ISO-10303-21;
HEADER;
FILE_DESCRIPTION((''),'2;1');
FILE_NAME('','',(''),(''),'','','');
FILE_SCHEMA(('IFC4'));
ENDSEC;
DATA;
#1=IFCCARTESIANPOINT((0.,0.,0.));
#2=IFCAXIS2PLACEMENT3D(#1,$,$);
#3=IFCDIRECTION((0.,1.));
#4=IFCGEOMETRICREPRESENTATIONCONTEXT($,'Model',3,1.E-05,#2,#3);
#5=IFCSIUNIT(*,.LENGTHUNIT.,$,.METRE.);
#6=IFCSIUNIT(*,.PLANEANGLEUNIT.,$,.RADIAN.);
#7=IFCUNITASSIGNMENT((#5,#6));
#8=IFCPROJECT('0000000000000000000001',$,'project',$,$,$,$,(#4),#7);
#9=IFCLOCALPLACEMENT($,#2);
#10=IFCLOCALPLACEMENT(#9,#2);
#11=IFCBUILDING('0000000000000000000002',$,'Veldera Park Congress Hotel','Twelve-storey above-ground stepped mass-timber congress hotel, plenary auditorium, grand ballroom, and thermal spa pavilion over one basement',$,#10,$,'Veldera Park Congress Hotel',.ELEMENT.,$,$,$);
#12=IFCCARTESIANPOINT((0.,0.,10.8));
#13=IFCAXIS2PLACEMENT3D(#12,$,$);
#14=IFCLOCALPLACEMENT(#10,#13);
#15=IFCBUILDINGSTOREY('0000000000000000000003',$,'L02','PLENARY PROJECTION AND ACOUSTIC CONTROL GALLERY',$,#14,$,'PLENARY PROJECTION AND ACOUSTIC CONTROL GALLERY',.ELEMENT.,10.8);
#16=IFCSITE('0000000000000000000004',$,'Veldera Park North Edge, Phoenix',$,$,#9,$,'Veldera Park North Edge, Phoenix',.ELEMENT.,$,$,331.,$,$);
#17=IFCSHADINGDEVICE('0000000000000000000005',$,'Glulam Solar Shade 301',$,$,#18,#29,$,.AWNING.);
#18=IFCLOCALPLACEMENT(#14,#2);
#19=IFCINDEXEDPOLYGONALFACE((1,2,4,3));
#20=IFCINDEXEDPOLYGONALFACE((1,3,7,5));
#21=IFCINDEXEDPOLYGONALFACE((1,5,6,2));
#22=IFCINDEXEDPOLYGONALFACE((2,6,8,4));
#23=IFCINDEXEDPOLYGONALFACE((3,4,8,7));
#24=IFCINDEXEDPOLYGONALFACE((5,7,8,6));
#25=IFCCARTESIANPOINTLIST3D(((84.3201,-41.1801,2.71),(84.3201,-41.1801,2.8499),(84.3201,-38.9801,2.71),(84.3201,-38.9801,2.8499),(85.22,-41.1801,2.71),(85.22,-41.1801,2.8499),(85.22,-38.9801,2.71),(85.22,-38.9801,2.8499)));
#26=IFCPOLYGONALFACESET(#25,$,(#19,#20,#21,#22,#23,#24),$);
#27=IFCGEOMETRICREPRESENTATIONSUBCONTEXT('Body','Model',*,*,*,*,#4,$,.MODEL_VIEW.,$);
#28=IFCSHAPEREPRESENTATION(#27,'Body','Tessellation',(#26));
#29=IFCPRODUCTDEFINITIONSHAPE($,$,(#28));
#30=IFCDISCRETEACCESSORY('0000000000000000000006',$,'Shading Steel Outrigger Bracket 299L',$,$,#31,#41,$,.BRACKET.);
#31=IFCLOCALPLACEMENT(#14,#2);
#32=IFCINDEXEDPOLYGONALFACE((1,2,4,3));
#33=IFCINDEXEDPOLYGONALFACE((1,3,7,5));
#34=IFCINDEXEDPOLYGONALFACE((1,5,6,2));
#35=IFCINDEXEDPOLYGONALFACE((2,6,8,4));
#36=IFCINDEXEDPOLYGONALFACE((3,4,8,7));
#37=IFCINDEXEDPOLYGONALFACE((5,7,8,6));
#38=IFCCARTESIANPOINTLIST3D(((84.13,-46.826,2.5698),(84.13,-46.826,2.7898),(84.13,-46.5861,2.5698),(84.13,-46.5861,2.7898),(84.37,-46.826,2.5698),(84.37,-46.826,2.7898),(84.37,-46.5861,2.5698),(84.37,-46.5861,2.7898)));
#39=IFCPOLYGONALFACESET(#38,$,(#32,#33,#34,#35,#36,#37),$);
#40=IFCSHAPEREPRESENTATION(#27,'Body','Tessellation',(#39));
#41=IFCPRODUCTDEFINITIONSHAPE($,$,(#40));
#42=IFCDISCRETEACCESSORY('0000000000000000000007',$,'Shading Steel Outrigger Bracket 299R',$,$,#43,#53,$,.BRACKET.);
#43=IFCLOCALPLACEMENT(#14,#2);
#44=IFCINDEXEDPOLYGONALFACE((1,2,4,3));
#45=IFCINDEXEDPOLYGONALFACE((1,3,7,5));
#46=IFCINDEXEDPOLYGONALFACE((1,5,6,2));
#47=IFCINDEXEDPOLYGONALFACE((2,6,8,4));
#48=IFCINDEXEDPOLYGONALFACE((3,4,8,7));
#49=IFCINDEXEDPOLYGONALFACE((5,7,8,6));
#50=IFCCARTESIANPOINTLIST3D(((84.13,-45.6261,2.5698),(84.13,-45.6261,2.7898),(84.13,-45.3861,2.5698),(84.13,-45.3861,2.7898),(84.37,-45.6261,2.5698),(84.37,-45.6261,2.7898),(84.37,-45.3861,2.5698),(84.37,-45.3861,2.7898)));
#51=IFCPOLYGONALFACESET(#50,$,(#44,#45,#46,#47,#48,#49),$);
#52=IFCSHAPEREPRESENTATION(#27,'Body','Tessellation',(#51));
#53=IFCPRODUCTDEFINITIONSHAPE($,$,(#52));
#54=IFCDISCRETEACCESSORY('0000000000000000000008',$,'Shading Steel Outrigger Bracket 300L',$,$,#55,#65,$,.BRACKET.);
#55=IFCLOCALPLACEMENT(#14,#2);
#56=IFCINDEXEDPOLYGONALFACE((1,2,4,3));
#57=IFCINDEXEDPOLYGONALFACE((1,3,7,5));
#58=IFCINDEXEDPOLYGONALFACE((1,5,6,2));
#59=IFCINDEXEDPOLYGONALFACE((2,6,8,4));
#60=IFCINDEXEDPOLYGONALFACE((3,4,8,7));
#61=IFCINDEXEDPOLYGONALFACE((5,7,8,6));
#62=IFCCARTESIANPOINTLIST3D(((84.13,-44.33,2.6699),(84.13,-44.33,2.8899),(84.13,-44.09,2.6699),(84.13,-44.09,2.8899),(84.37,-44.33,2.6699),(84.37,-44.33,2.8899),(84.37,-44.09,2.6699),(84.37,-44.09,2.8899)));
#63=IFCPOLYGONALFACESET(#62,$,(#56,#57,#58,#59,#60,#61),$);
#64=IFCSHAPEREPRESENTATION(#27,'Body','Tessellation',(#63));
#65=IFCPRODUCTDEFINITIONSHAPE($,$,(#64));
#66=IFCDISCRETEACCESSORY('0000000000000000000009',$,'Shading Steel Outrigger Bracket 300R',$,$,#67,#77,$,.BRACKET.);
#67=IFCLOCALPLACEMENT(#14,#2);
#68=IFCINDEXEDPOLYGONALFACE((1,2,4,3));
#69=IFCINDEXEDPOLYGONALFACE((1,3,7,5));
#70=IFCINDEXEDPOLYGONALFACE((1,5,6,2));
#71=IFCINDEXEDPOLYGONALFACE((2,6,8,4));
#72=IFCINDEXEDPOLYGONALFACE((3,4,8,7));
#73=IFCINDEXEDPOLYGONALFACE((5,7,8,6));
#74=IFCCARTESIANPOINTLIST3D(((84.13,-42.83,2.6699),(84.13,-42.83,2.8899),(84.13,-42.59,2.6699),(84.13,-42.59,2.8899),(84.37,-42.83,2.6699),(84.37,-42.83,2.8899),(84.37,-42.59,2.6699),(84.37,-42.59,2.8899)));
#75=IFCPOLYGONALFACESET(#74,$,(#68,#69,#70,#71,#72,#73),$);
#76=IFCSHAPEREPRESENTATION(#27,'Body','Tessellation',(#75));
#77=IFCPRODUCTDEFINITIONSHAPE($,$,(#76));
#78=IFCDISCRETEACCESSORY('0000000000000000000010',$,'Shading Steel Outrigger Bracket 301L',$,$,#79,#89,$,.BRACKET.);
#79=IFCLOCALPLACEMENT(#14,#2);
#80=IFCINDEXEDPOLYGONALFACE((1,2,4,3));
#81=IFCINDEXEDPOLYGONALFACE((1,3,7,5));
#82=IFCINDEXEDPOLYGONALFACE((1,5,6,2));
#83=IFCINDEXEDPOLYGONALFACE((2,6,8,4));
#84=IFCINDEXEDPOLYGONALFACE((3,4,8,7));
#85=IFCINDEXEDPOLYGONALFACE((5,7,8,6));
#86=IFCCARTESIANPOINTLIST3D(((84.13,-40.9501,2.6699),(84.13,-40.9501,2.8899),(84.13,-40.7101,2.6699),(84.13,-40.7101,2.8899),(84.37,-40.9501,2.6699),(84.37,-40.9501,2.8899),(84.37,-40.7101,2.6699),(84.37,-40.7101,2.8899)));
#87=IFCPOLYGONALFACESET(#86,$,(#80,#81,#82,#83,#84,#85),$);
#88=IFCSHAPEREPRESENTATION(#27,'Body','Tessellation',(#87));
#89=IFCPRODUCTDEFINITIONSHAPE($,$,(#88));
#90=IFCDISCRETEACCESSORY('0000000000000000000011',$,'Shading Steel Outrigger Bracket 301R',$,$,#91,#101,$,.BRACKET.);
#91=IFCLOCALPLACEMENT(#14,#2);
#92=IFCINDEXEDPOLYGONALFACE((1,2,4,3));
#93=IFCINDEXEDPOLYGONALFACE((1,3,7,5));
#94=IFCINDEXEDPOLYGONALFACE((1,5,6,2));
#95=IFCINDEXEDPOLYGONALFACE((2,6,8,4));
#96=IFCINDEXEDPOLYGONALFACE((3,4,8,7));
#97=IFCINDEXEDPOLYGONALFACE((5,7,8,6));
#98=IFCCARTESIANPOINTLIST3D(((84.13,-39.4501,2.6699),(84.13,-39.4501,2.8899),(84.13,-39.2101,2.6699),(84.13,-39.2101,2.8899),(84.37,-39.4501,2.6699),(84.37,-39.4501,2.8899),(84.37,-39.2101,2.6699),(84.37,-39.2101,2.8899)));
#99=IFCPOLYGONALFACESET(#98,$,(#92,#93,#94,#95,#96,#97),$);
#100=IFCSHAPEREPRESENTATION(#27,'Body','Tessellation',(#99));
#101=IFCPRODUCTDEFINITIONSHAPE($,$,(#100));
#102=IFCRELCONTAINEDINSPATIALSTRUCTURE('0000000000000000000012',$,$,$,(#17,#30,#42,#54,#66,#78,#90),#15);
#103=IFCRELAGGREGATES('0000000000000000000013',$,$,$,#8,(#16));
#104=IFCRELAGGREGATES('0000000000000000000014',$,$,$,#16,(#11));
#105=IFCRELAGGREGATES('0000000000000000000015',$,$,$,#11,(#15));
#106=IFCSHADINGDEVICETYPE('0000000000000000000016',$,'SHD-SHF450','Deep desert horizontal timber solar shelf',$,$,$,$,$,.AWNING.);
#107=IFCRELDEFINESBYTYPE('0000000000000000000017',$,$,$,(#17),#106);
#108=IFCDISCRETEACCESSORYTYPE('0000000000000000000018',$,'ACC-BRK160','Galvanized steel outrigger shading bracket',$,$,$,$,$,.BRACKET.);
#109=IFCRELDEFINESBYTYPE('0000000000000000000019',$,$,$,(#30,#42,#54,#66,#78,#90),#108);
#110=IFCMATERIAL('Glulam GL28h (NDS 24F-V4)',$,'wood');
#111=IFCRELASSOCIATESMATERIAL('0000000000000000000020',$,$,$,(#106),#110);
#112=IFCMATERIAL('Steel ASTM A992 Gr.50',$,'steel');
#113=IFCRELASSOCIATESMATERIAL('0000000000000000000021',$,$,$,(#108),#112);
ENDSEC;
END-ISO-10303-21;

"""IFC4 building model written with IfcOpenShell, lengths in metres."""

from ifc_helpers import new_model, si_unit, direction, frame, origin, origin_2d, place, context, subcontext, project, spatial, rectangle, extrude, material, type_object, element, save


model = new_model("IFC4")

# Units and contexts
model_context = context("Model", 3, precision=1e-05, world=origin(), true_north=direction((0.0, 1.0)))
body_context = subcontext(model_context, "Body", "Model", "MODEL_VIEW")
ifc_project = project(units=[si_unit("LENGTHUNIT", "METRE"), si_unit("PLANEANGLEUNIT", "RADIAN")], contexts=[model_context])

# Site, building, storey
site_placement = place(None, origin())
site = spatial("IfcSite", under=ifc_project, at=site_placement, Name="Veldera Park North Edge, Phoenix", LongName="Veldera Park North Edge, Phoenix", CompositionType="ELEMENT", RefElevation=331.0)
building_placement = place(site_placement, origin())
building = spatial("IfcBuilding", under=site, at=building_placement, Name="Veldera Park Congress Hotel", Description="Twelve-storey above-ground stepped mass-timber congress hotel, plenary auditorium, grand ballroom, and thermal spa pavilion over one basement", LongName="Veldera Park Congress Hotel", CompositionType="ELEMENT")
storey_placement = place(building_placement, frame((0.0, 0.0, 10.8)))
storey = spatial("IfcBuildingStorey", under=building, at=storey_placement, Name="L02", Description="PLENARY PROJECTION AND ACOUSTIC CONTROL GALLERY", LongName="PLENARY PROJECTION AND ACOUSTIC CONTROL GALLERY", CompositionType="ELEMENT", Elevation=10.8)

# Shared definitions
ifc_material_1 = material(Name="Steel ASTM A992 Gr.50", Category="steel")

# Shading device
ifc_material_2 = material(Name="Glulam GL28h (NDS 24F-V4)", Category="wood")
shading_device_type = type_object("IfcShadingDeviceType", Name="SHD-SHF450", Description="Deep desert horizontal timber solar shelf", PredefinedType="AWNING", material=ifc_material_2)
for number, where, z_axis, x_axis, name in (
    (1, (84.77, -40.0801, 2.71), (0.0, 0.0, 1.0), (0.0, 1.0, 0.0), "Glulam Solar Shade 301"),
):
    element("IfcShadingDevice", number, at=place(storey_placement, frame(where, z_axis=z_axis, x_axis=x_axis)), inside=storey, type_object=shading_device_type, Name=name, PredefinedType="AWNING", context=body_context, shape_type="SweptSolid", body=[
        extrude(rectangle(XDim=2.2, YDim=0.8999, at=origin_2d()), origin(), (0.0, 0.0, 1.0), 0.1399),
    ])

# Discrete accessories
discrete_accessory_type = type_object("IfcDiscreteAccessoryType", Name="ACC-BRK160", Description="Galvanized steel outrigger shading bracket", PredefinedType="BRACKET", material=ifc_material_1)
for number, where, z_axis, x_axis, name in (
    (2, (84.25, -46.7061, 2.5698), (0.0, 0.0, 1.0), (0.0, 1.0, 0.0), "Shading Steel Outrigger Bracket 299L"),
    (3, (84.25, -45.5061, 2.5698), (0.0, 0.0, 1.0), (0.0, 1.0, 0.0), "Shading Steel Outrigger Bracket 299R"),
    (4, (84.25, -44.21, 2.6699), (0.0, 0.0, 1.0), (0.0, 1.0, 0.0), "Shading Steel Outrigger Bracket 300L"),
    (5, (84.25, -42.71, 2.6699), (0.0, 0.0, 1.0), (0.0, 1.0, 0.0), "Shading Steel Outrigger Bracket 300R"),
    (6, (84.25, -40.8301, 2.6699), (0.0, 0.0, 1.0), (0.0, 1.0, 0.0), "Shading Steel Outrigger Bracket 301L"),
    (7, (84.25, -39.3301, 2.6699), (0.0, 0.0, 1.0), (0.0, 1.0, 0.0), "Shading Steel Outrigger Bracket 301R"),
):
    element("IfcDiscreteAccessory", number, at=place(storey_placement, frame(where, z_axis=z_axis, x_axis=x_axis)), inside=storey, type_object=discrete_accessory_type, Name=name, PredefinedType="BRACKET", context=body_context, shape_type="SweptSolid", body=[
        extrude(rectangle(XDim=0.24, YDim=0.24, at=origin_2d()), origin(), (0.0, 0.0, 1.0), 0.22),
    ])

save(model, "model.ifc")
